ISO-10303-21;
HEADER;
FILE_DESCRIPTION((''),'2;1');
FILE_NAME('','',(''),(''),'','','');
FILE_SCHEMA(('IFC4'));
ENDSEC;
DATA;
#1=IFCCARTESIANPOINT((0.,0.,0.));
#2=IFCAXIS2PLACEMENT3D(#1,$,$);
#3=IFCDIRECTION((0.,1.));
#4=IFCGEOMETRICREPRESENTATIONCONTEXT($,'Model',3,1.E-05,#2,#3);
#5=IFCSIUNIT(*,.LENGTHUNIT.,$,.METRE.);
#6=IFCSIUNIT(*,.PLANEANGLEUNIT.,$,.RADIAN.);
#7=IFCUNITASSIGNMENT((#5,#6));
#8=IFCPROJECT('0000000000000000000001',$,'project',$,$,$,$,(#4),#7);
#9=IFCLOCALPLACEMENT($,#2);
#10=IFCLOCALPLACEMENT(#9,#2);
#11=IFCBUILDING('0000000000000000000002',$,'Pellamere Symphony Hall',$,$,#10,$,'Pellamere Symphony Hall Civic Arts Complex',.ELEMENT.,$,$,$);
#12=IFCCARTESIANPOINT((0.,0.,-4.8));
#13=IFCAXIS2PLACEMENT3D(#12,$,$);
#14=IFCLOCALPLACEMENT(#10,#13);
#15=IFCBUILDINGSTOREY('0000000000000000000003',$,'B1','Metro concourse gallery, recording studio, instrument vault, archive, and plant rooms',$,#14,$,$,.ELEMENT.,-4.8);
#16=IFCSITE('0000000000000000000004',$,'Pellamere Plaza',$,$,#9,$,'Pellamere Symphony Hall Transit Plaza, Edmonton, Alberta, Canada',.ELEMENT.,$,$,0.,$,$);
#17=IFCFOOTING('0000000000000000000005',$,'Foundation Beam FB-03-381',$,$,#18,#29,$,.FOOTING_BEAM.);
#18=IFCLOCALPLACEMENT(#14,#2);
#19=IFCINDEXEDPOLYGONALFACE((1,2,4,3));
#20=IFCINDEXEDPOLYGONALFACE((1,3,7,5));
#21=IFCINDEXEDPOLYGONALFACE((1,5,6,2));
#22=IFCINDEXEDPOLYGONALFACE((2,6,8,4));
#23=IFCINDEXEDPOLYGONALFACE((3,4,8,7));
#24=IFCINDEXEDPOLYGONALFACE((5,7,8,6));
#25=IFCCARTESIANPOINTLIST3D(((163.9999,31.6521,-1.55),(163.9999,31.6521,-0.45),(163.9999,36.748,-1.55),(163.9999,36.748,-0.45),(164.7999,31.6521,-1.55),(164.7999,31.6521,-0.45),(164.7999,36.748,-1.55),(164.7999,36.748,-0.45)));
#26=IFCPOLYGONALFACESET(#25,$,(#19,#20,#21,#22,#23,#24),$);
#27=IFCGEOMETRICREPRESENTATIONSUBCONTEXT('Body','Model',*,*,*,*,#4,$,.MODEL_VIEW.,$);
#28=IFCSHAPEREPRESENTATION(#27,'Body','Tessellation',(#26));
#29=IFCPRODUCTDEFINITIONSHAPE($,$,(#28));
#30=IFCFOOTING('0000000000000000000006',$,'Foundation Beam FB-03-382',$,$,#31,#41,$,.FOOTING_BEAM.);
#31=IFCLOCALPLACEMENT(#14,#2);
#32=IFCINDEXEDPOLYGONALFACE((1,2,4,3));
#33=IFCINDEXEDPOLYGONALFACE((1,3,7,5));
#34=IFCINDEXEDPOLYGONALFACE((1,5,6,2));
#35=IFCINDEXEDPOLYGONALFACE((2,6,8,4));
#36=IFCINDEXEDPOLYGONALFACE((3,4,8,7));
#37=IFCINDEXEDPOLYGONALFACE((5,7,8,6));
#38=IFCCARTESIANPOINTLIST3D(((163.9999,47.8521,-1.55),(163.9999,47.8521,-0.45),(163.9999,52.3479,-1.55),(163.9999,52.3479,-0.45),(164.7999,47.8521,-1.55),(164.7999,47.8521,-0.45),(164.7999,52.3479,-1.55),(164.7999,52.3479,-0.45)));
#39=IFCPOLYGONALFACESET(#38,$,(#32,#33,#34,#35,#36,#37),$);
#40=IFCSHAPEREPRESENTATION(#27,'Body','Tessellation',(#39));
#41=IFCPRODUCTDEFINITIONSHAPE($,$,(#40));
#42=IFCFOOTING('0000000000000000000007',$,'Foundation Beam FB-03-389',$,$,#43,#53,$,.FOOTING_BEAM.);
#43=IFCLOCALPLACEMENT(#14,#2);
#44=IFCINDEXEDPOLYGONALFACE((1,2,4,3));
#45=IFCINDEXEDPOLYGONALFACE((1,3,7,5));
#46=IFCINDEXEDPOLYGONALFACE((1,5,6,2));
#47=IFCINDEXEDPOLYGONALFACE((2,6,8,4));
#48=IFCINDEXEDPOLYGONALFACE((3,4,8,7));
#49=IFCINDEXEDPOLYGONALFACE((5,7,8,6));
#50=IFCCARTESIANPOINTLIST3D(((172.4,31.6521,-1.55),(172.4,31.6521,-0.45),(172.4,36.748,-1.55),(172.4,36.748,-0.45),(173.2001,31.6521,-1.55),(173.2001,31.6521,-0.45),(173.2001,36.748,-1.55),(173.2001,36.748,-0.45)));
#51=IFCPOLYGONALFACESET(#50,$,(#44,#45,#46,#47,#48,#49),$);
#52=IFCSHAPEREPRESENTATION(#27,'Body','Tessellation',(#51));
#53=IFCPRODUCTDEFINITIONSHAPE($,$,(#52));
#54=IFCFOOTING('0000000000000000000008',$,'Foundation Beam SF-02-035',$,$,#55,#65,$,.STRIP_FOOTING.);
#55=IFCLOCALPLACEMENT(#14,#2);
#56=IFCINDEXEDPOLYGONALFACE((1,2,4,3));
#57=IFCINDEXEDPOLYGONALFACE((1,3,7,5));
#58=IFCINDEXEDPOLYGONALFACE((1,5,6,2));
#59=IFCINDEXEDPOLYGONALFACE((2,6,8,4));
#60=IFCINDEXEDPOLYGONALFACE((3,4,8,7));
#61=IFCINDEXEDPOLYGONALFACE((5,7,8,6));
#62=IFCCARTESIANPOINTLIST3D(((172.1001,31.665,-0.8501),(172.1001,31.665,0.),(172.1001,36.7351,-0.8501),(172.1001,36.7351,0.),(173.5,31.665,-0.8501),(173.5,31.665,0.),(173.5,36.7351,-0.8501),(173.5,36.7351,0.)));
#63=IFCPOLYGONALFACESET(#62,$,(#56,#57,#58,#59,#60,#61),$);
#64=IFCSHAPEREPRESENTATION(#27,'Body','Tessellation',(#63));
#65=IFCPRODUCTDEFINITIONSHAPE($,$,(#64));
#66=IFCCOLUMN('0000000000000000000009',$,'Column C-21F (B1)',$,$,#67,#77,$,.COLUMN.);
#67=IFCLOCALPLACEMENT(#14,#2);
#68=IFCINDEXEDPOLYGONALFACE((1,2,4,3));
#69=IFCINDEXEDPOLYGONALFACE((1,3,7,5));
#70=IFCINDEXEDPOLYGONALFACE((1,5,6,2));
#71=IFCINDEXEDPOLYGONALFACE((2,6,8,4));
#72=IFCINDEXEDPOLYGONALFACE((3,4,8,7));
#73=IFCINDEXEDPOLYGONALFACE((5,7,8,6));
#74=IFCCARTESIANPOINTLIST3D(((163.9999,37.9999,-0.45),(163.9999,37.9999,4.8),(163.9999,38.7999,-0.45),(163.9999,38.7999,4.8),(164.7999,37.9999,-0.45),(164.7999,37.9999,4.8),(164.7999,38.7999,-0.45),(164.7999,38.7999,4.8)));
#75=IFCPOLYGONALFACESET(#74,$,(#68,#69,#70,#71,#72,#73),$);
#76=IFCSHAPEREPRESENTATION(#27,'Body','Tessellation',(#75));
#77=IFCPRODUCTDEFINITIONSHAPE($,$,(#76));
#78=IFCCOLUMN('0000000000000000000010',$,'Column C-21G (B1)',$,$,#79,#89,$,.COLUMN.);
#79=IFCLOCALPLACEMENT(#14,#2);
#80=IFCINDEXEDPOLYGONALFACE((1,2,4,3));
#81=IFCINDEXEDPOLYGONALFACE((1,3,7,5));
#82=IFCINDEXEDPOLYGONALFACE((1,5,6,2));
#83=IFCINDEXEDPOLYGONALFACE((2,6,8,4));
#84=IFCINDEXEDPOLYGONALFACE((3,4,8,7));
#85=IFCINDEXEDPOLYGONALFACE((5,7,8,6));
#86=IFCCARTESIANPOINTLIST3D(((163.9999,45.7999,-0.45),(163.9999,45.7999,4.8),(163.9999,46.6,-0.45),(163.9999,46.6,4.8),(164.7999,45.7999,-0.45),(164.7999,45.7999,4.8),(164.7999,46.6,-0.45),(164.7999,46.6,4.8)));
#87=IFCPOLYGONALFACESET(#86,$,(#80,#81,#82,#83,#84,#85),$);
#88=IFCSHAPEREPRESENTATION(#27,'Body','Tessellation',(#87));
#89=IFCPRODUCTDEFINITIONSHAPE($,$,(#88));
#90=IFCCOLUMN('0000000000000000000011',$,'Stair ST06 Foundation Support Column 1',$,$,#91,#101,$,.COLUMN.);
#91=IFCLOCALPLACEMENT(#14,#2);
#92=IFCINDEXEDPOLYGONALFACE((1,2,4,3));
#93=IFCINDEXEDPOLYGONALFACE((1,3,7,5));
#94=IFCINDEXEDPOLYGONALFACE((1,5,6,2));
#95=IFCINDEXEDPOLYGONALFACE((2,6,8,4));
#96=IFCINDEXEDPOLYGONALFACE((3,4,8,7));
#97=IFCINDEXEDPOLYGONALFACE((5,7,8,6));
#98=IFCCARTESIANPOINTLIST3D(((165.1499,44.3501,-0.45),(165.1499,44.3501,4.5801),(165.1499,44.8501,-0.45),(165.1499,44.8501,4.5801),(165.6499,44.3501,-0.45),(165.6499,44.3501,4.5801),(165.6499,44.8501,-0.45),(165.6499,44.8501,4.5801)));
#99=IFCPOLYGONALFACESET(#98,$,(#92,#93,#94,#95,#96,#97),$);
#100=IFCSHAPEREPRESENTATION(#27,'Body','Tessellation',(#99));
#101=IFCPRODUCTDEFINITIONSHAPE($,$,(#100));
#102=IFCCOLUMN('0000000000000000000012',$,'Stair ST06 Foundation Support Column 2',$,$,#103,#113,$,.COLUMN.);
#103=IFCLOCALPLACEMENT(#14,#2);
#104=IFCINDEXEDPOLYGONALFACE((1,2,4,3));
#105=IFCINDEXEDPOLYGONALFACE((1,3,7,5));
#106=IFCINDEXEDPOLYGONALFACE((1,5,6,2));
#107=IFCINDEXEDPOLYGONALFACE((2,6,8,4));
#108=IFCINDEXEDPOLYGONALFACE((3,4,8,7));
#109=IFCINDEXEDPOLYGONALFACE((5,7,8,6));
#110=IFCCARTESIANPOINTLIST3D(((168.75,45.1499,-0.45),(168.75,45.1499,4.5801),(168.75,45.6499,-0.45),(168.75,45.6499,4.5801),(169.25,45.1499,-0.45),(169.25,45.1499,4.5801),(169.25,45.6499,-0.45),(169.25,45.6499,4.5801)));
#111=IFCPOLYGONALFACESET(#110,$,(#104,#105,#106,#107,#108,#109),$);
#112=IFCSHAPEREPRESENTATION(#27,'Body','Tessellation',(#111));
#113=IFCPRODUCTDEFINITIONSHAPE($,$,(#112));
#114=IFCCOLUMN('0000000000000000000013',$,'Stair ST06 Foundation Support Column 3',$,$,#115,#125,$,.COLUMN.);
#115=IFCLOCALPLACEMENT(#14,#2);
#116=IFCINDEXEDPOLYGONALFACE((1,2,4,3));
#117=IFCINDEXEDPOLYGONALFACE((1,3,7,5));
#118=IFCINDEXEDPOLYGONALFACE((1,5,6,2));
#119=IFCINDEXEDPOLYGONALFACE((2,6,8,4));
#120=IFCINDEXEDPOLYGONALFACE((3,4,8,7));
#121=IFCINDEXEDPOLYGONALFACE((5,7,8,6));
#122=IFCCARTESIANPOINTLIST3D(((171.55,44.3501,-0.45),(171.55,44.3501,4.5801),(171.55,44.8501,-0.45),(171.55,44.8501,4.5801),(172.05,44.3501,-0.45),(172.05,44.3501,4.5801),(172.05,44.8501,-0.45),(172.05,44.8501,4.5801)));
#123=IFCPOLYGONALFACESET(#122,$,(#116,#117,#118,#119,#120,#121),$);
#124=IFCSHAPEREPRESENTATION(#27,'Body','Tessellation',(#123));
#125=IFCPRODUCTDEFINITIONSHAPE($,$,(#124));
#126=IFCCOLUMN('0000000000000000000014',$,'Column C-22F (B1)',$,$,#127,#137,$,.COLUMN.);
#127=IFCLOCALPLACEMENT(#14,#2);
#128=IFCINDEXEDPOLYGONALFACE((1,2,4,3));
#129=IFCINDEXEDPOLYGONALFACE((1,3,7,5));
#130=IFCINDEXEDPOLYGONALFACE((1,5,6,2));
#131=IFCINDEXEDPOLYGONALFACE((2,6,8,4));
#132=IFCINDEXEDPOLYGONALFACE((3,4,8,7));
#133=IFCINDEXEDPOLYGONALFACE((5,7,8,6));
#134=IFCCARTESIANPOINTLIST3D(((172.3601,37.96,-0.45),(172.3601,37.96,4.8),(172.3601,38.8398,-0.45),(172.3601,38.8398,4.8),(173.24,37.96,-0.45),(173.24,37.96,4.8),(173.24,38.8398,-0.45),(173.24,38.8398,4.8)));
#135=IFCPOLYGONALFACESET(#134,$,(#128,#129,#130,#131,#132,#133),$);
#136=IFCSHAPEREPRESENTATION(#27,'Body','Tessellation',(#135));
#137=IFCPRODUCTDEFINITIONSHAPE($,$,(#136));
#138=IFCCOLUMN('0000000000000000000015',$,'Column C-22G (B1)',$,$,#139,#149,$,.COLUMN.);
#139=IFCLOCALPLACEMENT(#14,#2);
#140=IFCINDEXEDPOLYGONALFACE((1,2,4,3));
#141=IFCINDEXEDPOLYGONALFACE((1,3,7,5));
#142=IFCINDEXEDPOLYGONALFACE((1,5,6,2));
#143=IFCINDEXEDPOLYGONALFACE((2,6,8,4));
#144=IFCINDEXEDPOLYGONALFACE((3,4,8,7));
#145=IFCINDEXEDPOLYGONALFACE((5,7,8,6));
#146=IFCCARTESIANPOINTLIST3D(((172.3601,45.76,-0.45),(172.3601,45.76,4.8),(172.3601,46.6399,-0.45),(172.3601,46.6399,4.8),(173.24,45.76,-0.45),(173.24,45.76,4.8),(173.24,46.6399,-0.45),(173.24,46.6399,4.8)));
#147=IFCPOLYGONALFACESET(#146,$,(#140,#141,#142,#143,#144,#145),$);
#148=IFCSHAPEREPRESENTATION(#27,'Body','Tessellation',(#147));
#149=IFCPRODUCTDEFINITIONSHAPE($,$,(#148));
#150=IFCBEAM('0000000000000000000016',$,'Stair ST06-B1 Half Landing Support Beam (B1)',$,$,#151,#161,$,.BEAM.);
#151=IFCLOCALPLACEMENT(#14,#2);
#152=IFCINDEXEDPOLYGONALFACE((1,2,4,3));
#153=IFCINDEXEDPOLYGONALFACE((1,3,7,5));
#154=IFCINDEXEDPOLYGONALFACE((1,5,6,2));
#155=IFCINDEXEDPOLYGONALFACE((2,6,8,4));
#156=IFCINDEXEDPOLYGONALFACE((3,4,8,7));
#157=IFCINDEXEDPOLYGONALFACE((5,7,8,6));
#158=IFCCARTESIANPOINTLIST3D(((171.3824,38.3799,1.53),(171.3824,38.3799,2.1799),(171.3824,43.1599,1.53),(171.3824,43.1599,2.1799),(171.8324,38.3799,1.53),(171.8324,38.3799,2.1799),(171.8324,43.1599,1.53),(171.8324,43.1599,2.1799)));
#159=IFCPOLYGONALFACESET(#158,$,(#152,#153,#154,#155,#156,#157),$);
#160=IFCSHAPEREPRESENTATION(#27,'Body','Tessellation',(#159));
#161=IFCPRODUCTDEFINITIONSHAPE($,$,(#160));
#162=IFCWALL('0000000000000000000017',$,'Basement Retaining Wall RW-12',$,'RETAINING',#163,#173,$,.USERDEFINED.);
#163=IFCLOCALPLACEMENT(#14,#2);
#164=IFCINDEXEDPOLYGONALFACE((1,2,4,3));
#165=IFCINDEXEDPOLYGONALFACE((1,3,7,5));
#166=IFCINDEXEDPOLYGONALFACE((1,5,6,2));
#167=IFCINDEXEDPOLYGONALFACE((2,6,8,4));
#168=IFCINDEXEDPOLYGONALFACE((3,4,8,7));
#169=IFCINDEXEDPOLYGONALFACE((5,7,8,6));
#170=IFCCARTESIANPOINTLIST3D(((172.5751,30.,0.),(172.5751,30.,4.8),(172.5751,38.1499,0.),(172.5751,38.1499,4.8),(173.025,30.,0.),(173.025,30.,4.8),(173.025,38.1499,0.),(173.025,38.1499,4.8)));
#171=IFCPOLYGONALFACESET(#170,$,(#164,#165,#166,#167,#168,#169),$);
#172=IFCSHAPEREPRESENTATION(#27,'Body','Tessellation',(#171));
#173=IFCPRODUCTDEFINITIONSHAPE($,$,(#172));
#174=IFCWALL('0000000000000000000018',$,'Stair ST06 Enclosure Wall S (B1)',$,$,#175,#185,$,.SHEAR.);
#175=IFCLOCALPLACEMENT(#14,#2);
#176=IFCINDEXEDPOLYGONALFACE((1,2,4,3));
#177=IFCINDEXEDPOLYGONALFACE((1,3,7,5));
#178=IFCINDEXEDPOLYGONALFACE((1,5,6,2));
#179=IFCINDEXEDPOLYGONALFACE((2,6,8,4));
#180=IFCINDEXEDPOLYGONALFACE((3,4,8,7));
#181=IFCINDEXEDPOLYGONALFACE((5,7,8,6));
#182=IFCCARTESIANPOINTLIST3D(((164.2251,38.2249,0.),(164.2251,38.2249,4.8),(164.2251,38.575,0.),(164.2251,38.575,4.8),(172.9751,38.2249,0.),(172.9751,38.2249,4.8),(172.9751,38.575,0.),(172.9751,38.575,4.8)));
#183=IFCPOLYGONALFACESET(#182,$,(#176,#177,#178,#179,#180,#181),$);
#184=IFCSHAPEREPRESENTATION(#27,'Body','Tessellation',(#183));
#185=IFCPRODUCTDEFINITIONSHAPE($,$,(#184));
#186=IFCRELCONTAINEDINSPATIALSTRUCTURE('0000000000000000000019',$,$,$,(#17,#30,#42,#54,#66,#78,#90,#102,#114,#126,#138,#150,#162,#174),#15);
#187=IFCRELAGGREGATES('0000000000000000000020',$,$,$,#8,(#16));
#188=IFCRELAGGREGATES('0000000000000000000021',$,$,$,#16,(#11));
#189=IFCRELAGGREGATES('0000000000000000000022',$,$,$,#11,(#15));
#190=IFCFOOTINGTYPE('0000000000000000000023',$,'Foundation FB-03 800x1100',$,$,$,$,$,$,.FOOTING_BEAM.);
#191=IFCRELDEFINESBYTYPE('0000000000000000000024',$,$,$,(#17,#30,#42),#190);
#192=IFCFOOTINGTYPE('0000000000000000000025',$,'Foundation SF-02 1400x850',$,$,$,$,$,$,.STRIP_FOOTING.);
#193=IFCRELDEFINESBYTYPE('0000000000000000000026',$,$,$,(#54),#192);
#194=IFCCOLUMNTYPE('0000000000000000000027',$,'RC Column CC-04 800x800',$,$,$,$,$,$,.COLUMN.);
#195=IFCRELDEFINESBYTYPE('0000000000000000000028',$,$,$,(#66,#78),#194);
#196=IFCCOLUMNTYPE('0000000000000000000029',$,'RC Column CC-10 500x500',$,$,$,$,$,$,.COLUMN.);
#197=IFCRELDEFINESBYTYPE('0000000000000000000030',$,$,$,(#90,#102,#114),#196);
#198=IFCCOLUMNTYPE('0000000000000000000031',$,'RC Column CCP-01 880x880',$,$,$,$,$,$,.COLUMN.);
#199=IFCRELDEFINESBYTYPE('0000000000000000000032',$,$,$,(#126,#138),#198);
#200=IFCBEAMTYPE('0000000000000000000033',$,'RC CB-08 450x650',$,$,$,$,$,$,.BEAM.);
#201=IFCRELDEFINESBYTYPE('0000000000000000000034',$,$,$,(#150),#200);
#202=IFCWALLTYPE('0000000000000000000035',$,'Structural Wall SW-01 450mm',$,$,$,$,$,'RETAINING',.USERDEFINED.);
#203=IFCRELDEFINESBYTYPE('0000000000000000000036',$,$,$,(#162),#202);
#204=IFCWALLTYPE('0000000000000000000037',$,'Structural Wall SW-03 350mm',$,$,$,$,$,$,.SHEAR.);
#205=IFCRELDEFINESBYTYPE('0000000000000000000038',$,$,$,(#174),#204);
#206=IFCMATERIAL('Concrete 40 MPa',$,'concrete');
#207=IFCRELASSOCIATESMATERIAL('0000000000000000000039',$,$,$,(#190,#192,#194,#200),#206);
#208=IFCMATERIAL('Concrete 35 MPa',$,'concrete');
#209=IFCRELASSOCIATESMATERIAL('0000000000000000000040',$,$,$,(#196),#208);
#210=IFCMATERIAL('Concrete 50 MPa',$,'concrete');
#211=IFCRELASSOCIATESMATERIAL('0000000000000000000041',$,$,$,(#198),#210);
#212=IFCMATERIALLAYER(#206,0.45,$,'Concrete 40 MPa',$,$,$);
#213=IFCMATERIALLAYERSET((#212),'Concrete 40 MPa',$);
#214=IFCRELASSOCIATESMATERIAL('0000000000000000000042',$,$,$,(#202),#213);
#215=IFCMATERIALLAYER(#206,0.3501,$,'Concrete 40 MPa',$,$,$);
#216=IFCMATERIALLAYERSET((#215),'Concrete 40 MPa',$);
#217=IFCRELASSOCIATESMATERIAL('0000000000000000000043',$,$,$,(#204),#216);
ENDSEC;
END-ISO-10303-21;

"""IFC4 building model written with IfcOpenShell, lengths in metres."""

from ifc_helpers import new_model, si_unit, direction, frame, frame_2d, origin, origin_2d, place, context, subcontext, project, spatial, rectangle, extrude, material, layer, layer_set, material_profile, profile_set, type_object, element, save


model = new_model("IFC4")

# Units and contexts
model_context = context("Model", 3, precision=1e-05, world=origin(), true_north=direction((0.0, 1.0)))
body_context = subcontext(model_context, "Body", "Model", "MODEL_VIEW")
ifc_project = project(units=[si_unit("LENGTHUNIT", "METRE"), si_unit("PLANEANGLEUNIT", "RADIAN")], contexts=[model_context])

# Site, building, storey
site_placement = place(None, origin())
site = spatial("IfcSite", under=ifc_project, at=site_placement, Name="Pellamere Plaza", LongName="Pellamere Symphony Hall Transit Plaza, Edmonton, Alberta, Canada", CompositionType="ELEMENT", RefElevation=0.0)
building_placement = place(site_placement, origin())
building = spatial("IfcBuilding", under=site, at=building_placement, Name="Pellamere Symphony Hall", LongName="Pellamere Symphony Hall Civic Arts Complex", CompositionType="ELEMENT")
storey_placement = place(building_placement, frame((0.0, 0.0, -4.8)))
storey = spatial("IfcBuildingStorey", under=building, at=storey_placement, Name="B1", Description="Metro concourse gallery, recording studio, instrument vault, archive, and plant rooms", CompositionType="ELEMENT", Elevation=-4.8)

# Shared definitions
ifc_material_1 = material(Name="Concrete 35 MPa", Category="concrete")
ifc_material_2 = material(Name="Concrete 40 MPa", Category="concrete")

# Footings
ifc_material_profile_1 = material_profile(ifc_material_2, rectangle(XDim=0.8, YDim=1.1001, at=origin_2d()), Name="RC 800x1100")
ifc_profile_set_1 = profile_set([ifc_material_profile_1], Name="Concrete 40 MPa")
footing_type_1 = type_object("IfcFootingType", Name="Foundation FB-03 800x1100", PredefinedType="FOOTING_BEAM", material=ifc_profile_set_1)
footing_1_placement = place(storey_placement, frame((164.3999, 31.6521, -1.0), z_axis=(0.0, 1.0, 0.0), x_axis=(-1.0, 0.0, 0.0)))
element("IfcFooting", 1, at=footing_1_placement, inside=storey, type_object=footing_type_1, Name="Foundation Beam FB-03-381", PredefinedType="FOOTING_BEAM", context=body_context, shape_type="SweptSolid", body=[
    extrude(rectangle(XDim=0.8, YDim=1.1001, at=origin_2d()), origin(), (0.0, 0.0, 1.0), 5.0959),
])
footing_2_placement = place(storey_placement, frame((164.3999, 47.8521, -1.0), z_axis=(0.0, 1.0, 0.0), x_axis=(-1.0, 0.0, 0.0)))
element("IfcFooting", 2, at=footing_2_placement, inside=storey, type_object=footing_type_1, Name="Foundation Beam FB-03-382", PredefinedType="FOOTING_BEAM", context=body_context, shape_type="SweptSolid", body=[
    extrude(rectangle(XDim=0.8, YDim=1.1001, at=origin_2d()), origin(), (0.0, 0.0, 1.0), 4.4958),
])
footing_3_placement = place(storey_placement, frame((172.8, 31.6521, -1.0), z_axis=(0.0, 1.0, 0.0), x_axis=(-1.0, 0.0, 0.0)))
element("IfcFooting", 3, at=footing_3_placement, inside=storey, type_object=footing_type_1, Name="Foundation Beam FB-03-389", PredefinedType="FOOTING_BEAM", context=body_context, shape_type="SweptSolid", body=[
    extrude(rectangle(XDim=0.8, YDim=1.1001, at=origin_2d()), origin(), (0.0, 0.0, 1.0), 5.0959),
])
ifc_material_profile_2 = material_profile(ifc_material_2, rectangle(XDim=1.3999, YDim=0.8501, at=origin_2d()), Name="RC 1400x850")
ifc_profile_set_2 = profile_set([ifc_material_profile_2], Name="Concrete 40 MPa")
footing_type_2 = type_object("IfcFootingType", Name="Foundation SF-02 1400x850", PredefinedType="STRIP_FOOTING", material=ifc_profile_set_2)
footing_4_placement = place(storey_placement, frame((172.8, 36.7351, -0.425), z_axis=(0.0, -1.0, 0.0), x_axis=(1.0, 0.0, 0.0)))
element("IfcFooting", 4, at=footing_4_placement, inside=storey, type_object=footing_type_2, Name="Foundation Beam SF-02-035", PredefinedType="STRIP_FOOTING", context=body_context, shape_type="SweptSolid", body=[
    extrude(rectangle(XDim=1.3999, YDim=0.8501, at=origin_2d()), origin(), (0.0, 0.0, 1.0), 5.0701),
])

# Columns
ifc_material_profile_3 = material_profile(ifc_material_2, rectangle(XDim=0.8, YDim=0.8, at=origin_2d()), Name="RC 800x800")
ifc_profile_set_3 = profile_set([ifc_material_profile_3], Name="Concrete 40 MPa")
column_type_1 = type_object("IfcColumnType", Name="RC Column CC-04 800x800", PredefinedType="COLUMN", material=ifc_profile_set_3)
for number, where, z_axis, x_axis, name in (
    (5, (164.3999, 38.3999, -0.45), (0.0, 0.0, 1.0), (1.0, 0.0, 0.0), "Column C-21F (B1)"),
    (6, (164.3999, 46.2, -0.45), (0.0, 0.0, 1.0), (1.0, 0.0, 0.0), "Column C-21G (B1)"),
):
    element("IfcColumn", number, at=place(storey_placement, frame(where, z_axis=z_axis, x_axis=x_axis)), inside=storey, type_object=column_type_1, Name=name, PredefinedType="COLUMN", context=body_context, shape_type="SweptSolid", body=[
        extrude(rectangle(XDim=0.8, YDim=0.8, at=origin_2d()), origin(), (0.0, 0.0, 1.0), 5.25),
    ])
ifc_material_profile_4 = material_profile(ifc_material_1, rectangle(XDim=0.5, YDim=0.5, at=origin_2d()), Name="RC 500x500")
ifc_profile_set_4 = profile_set([ifc_material_profile_4], Name="Concrete 35 MPa")
column_type_2 = type_object("IfcColumnType", Name="RC Column CC-10 500x500", PredefinedType="COLUMN", material=ifc_profile_set_4)
for number, where, z_axis, x_axis, name in (
    (7, (165.3999, 44.6001, -0.45), (0.0, 0.0, 1.0), (1.0, 0.0, 0.0), "Stair ST06 Foundation Support Column 1"),
    (8, (169.0, 45.3999, -0.45), (0.0, 0.0, 1.0), (1.0, 0.0, 0.0), "Stair ST06 Foundation Support Column 2"),
    (9, (171.8, 44.6001, -0.45), (0.0, 0.0, 1.0), (1.0, 0.0, 0.0), "Stair ST06 Foundation Support Column 3"),
):
    element("IfcColumn", number, at=place(storey_placement, frame(where, z_axis=z_axis, x_axis=x_axis)), inside=storey, type_object=column_type_2, Name=name, PredefinedType="COLUMN", context=body_context, shape_type="SweptSolid", body=[
        extrude(rectangle(XDim=0.5, YDim=0.5, at=origin_2d()), origin(), (0.0, 0.0, 1.0), 5.03),
    ])
ifc_material_3 = material(Name="Concrete 50 MPa", Category="concrete")
ifc_material_profile_5 = material_profile(ifc_material_3, rectangle(XDim=0.8799, YDim=0.8799, at=origin_2d()), Name="RC 880x880")
ifc_profile_set_5 = profile_set([ifc_material_profile_5], Name="Concrete 50 MPa")
column_type_3 = type_object("IfcColumnType", Name="RC Column CCP-01 880x880", PredefinedType="COLUMN", material=ifc_profile_set_5)
for number, where, z_axis, x_axis, name in (
    (10, (172.8, 38.3999, -0.45), (0.0, 0.0, 1.0), (1.0, 0.0, 0.0), "Column C-22F (B1)"),
    (11, (172.8, 46.2, -0.45), (0.0, 0.0, 1.0), (1.0, 0.0, 0.0), "Column C-22G (B1)"),
):
    element("IfcColumn", number, at=place(storey_placement, frame(where, z_axis=z_axis, x_axis=x_axis)), inside=storey, type_object=column_type_3, Name=name, PredefinedType="COLUMN", context=body_context, shape_type="SweptSolid", body=[
        extrude(rectangle(XDim=0.8799, YDim=0.8799, at=origin_2d()), origin(), (0.0, 0.0, 1.0), 5.25),
    ])

# Beam
ifc_material_profile_6 = material_profile(ifc_material_2, rectangle(XDim=0.45, YDim=0.6499, at=origin_2d()), Name="RC 450x650")
ifc_profile_set_6 = profile_set([ifc_material_profile_6], Name="Concrete 40 MPa")
beam_type = type_object("IfcBeamType", Name="RC CB-08 450x650", PredefinedType="BEAM", material=ifc_profile_set_6)
beam_placement = place(storey_placement, frame((171.6074, 38.3799, 1.855), z_axis=(0.0, 1.0, 0.0), x_axis=(-1.0, 0.0, 0.0)))
element("IfcBeam", 12, at=beam_placement, inside=storey, type_object=beam_type, Name="Stair ST06-B1 Half Landing Support Beam (B1)", PredefinedType="BEAM", context=body_context, shape_type="SweptSolid", body=[
    extrude(rectangle(XDim=0.45, YDim=0.6499, at=origin_2d()), origin(), (0.0, 0.0, 1.0), 4.78),
])

# Walls
ifc_layer_1 = layer(ifc_material_2, 0.45, Name="Concrete 40 MPa")
ifc_layer_set_1 = layer_set([ifc_layer_1], Name="Concrete 40 MPa")
wall_type_1 = type_object("IfcWallType", Name="Structural Wall SW-01 450mm", ElementType="RETAINING", PredefinedType="USERDEFINED", material=ifc_layer_set_1)
wall_1_placement = place(storey_placement, frame((172.8, 38.1499, 0.0), z_axis=(0.0, 0.0, 1.0), x_axis=(0.0, -1.0, 0.0)))
element("IfcWall", 13, at=wall_1_placement, inside=storey, type_object=wall_type_1, Name="Basement Retaining Wall RW-12", ObjectType="RETAINING", PredefinedType="USERDEFINED", context=body_context, shape_type="SweptSolid", body=[
    extrude(rectangle(XDim=8.1499, YDim=0.45, at=frame_2d((4.075, 0.0))), origin(), (0.0, 0.0, 1.0), 4.8),
])
ifc_layer_2 = layer(ifc_material_2, 0.3501, Name="Concrete 40 MPa")
ifc_layer_set_2 = layer_set([ifc_layer_2], Name="Concrete 40 MPa")
wall_type_2 = type_object("IfcWallType", Name="Structural Wall SW-03 350mm", PredefinedType="SHEAR", material=ifc_layer_set_2)
for number, where, z_axis, x_axis, name in (
    (14, (164.2251, 38.3999, 0.0), (0.0, 0.0, 1.0), (1.0, 0.0, 0.0), "Stair ST06 Enclosure Wall S (B1)"),
):
    element("IfcWall", number, at=place(storey_placement, frame(where, z_axis=z_axis, x_axis=x_axis)), inside=storey, type_object=wall_type_2, Name=name, PredefinedType="SHEAR", context=body_context, shape_type="SweptSolid", body=[
        extrude(rectangle(XDim=8.75, YDim=0.3501, at=frame_2d((4.375, 0.0))), origin(), (0.0, 0.0, 1.0), 4.8),
    ])

save(model, "model.ifc")
